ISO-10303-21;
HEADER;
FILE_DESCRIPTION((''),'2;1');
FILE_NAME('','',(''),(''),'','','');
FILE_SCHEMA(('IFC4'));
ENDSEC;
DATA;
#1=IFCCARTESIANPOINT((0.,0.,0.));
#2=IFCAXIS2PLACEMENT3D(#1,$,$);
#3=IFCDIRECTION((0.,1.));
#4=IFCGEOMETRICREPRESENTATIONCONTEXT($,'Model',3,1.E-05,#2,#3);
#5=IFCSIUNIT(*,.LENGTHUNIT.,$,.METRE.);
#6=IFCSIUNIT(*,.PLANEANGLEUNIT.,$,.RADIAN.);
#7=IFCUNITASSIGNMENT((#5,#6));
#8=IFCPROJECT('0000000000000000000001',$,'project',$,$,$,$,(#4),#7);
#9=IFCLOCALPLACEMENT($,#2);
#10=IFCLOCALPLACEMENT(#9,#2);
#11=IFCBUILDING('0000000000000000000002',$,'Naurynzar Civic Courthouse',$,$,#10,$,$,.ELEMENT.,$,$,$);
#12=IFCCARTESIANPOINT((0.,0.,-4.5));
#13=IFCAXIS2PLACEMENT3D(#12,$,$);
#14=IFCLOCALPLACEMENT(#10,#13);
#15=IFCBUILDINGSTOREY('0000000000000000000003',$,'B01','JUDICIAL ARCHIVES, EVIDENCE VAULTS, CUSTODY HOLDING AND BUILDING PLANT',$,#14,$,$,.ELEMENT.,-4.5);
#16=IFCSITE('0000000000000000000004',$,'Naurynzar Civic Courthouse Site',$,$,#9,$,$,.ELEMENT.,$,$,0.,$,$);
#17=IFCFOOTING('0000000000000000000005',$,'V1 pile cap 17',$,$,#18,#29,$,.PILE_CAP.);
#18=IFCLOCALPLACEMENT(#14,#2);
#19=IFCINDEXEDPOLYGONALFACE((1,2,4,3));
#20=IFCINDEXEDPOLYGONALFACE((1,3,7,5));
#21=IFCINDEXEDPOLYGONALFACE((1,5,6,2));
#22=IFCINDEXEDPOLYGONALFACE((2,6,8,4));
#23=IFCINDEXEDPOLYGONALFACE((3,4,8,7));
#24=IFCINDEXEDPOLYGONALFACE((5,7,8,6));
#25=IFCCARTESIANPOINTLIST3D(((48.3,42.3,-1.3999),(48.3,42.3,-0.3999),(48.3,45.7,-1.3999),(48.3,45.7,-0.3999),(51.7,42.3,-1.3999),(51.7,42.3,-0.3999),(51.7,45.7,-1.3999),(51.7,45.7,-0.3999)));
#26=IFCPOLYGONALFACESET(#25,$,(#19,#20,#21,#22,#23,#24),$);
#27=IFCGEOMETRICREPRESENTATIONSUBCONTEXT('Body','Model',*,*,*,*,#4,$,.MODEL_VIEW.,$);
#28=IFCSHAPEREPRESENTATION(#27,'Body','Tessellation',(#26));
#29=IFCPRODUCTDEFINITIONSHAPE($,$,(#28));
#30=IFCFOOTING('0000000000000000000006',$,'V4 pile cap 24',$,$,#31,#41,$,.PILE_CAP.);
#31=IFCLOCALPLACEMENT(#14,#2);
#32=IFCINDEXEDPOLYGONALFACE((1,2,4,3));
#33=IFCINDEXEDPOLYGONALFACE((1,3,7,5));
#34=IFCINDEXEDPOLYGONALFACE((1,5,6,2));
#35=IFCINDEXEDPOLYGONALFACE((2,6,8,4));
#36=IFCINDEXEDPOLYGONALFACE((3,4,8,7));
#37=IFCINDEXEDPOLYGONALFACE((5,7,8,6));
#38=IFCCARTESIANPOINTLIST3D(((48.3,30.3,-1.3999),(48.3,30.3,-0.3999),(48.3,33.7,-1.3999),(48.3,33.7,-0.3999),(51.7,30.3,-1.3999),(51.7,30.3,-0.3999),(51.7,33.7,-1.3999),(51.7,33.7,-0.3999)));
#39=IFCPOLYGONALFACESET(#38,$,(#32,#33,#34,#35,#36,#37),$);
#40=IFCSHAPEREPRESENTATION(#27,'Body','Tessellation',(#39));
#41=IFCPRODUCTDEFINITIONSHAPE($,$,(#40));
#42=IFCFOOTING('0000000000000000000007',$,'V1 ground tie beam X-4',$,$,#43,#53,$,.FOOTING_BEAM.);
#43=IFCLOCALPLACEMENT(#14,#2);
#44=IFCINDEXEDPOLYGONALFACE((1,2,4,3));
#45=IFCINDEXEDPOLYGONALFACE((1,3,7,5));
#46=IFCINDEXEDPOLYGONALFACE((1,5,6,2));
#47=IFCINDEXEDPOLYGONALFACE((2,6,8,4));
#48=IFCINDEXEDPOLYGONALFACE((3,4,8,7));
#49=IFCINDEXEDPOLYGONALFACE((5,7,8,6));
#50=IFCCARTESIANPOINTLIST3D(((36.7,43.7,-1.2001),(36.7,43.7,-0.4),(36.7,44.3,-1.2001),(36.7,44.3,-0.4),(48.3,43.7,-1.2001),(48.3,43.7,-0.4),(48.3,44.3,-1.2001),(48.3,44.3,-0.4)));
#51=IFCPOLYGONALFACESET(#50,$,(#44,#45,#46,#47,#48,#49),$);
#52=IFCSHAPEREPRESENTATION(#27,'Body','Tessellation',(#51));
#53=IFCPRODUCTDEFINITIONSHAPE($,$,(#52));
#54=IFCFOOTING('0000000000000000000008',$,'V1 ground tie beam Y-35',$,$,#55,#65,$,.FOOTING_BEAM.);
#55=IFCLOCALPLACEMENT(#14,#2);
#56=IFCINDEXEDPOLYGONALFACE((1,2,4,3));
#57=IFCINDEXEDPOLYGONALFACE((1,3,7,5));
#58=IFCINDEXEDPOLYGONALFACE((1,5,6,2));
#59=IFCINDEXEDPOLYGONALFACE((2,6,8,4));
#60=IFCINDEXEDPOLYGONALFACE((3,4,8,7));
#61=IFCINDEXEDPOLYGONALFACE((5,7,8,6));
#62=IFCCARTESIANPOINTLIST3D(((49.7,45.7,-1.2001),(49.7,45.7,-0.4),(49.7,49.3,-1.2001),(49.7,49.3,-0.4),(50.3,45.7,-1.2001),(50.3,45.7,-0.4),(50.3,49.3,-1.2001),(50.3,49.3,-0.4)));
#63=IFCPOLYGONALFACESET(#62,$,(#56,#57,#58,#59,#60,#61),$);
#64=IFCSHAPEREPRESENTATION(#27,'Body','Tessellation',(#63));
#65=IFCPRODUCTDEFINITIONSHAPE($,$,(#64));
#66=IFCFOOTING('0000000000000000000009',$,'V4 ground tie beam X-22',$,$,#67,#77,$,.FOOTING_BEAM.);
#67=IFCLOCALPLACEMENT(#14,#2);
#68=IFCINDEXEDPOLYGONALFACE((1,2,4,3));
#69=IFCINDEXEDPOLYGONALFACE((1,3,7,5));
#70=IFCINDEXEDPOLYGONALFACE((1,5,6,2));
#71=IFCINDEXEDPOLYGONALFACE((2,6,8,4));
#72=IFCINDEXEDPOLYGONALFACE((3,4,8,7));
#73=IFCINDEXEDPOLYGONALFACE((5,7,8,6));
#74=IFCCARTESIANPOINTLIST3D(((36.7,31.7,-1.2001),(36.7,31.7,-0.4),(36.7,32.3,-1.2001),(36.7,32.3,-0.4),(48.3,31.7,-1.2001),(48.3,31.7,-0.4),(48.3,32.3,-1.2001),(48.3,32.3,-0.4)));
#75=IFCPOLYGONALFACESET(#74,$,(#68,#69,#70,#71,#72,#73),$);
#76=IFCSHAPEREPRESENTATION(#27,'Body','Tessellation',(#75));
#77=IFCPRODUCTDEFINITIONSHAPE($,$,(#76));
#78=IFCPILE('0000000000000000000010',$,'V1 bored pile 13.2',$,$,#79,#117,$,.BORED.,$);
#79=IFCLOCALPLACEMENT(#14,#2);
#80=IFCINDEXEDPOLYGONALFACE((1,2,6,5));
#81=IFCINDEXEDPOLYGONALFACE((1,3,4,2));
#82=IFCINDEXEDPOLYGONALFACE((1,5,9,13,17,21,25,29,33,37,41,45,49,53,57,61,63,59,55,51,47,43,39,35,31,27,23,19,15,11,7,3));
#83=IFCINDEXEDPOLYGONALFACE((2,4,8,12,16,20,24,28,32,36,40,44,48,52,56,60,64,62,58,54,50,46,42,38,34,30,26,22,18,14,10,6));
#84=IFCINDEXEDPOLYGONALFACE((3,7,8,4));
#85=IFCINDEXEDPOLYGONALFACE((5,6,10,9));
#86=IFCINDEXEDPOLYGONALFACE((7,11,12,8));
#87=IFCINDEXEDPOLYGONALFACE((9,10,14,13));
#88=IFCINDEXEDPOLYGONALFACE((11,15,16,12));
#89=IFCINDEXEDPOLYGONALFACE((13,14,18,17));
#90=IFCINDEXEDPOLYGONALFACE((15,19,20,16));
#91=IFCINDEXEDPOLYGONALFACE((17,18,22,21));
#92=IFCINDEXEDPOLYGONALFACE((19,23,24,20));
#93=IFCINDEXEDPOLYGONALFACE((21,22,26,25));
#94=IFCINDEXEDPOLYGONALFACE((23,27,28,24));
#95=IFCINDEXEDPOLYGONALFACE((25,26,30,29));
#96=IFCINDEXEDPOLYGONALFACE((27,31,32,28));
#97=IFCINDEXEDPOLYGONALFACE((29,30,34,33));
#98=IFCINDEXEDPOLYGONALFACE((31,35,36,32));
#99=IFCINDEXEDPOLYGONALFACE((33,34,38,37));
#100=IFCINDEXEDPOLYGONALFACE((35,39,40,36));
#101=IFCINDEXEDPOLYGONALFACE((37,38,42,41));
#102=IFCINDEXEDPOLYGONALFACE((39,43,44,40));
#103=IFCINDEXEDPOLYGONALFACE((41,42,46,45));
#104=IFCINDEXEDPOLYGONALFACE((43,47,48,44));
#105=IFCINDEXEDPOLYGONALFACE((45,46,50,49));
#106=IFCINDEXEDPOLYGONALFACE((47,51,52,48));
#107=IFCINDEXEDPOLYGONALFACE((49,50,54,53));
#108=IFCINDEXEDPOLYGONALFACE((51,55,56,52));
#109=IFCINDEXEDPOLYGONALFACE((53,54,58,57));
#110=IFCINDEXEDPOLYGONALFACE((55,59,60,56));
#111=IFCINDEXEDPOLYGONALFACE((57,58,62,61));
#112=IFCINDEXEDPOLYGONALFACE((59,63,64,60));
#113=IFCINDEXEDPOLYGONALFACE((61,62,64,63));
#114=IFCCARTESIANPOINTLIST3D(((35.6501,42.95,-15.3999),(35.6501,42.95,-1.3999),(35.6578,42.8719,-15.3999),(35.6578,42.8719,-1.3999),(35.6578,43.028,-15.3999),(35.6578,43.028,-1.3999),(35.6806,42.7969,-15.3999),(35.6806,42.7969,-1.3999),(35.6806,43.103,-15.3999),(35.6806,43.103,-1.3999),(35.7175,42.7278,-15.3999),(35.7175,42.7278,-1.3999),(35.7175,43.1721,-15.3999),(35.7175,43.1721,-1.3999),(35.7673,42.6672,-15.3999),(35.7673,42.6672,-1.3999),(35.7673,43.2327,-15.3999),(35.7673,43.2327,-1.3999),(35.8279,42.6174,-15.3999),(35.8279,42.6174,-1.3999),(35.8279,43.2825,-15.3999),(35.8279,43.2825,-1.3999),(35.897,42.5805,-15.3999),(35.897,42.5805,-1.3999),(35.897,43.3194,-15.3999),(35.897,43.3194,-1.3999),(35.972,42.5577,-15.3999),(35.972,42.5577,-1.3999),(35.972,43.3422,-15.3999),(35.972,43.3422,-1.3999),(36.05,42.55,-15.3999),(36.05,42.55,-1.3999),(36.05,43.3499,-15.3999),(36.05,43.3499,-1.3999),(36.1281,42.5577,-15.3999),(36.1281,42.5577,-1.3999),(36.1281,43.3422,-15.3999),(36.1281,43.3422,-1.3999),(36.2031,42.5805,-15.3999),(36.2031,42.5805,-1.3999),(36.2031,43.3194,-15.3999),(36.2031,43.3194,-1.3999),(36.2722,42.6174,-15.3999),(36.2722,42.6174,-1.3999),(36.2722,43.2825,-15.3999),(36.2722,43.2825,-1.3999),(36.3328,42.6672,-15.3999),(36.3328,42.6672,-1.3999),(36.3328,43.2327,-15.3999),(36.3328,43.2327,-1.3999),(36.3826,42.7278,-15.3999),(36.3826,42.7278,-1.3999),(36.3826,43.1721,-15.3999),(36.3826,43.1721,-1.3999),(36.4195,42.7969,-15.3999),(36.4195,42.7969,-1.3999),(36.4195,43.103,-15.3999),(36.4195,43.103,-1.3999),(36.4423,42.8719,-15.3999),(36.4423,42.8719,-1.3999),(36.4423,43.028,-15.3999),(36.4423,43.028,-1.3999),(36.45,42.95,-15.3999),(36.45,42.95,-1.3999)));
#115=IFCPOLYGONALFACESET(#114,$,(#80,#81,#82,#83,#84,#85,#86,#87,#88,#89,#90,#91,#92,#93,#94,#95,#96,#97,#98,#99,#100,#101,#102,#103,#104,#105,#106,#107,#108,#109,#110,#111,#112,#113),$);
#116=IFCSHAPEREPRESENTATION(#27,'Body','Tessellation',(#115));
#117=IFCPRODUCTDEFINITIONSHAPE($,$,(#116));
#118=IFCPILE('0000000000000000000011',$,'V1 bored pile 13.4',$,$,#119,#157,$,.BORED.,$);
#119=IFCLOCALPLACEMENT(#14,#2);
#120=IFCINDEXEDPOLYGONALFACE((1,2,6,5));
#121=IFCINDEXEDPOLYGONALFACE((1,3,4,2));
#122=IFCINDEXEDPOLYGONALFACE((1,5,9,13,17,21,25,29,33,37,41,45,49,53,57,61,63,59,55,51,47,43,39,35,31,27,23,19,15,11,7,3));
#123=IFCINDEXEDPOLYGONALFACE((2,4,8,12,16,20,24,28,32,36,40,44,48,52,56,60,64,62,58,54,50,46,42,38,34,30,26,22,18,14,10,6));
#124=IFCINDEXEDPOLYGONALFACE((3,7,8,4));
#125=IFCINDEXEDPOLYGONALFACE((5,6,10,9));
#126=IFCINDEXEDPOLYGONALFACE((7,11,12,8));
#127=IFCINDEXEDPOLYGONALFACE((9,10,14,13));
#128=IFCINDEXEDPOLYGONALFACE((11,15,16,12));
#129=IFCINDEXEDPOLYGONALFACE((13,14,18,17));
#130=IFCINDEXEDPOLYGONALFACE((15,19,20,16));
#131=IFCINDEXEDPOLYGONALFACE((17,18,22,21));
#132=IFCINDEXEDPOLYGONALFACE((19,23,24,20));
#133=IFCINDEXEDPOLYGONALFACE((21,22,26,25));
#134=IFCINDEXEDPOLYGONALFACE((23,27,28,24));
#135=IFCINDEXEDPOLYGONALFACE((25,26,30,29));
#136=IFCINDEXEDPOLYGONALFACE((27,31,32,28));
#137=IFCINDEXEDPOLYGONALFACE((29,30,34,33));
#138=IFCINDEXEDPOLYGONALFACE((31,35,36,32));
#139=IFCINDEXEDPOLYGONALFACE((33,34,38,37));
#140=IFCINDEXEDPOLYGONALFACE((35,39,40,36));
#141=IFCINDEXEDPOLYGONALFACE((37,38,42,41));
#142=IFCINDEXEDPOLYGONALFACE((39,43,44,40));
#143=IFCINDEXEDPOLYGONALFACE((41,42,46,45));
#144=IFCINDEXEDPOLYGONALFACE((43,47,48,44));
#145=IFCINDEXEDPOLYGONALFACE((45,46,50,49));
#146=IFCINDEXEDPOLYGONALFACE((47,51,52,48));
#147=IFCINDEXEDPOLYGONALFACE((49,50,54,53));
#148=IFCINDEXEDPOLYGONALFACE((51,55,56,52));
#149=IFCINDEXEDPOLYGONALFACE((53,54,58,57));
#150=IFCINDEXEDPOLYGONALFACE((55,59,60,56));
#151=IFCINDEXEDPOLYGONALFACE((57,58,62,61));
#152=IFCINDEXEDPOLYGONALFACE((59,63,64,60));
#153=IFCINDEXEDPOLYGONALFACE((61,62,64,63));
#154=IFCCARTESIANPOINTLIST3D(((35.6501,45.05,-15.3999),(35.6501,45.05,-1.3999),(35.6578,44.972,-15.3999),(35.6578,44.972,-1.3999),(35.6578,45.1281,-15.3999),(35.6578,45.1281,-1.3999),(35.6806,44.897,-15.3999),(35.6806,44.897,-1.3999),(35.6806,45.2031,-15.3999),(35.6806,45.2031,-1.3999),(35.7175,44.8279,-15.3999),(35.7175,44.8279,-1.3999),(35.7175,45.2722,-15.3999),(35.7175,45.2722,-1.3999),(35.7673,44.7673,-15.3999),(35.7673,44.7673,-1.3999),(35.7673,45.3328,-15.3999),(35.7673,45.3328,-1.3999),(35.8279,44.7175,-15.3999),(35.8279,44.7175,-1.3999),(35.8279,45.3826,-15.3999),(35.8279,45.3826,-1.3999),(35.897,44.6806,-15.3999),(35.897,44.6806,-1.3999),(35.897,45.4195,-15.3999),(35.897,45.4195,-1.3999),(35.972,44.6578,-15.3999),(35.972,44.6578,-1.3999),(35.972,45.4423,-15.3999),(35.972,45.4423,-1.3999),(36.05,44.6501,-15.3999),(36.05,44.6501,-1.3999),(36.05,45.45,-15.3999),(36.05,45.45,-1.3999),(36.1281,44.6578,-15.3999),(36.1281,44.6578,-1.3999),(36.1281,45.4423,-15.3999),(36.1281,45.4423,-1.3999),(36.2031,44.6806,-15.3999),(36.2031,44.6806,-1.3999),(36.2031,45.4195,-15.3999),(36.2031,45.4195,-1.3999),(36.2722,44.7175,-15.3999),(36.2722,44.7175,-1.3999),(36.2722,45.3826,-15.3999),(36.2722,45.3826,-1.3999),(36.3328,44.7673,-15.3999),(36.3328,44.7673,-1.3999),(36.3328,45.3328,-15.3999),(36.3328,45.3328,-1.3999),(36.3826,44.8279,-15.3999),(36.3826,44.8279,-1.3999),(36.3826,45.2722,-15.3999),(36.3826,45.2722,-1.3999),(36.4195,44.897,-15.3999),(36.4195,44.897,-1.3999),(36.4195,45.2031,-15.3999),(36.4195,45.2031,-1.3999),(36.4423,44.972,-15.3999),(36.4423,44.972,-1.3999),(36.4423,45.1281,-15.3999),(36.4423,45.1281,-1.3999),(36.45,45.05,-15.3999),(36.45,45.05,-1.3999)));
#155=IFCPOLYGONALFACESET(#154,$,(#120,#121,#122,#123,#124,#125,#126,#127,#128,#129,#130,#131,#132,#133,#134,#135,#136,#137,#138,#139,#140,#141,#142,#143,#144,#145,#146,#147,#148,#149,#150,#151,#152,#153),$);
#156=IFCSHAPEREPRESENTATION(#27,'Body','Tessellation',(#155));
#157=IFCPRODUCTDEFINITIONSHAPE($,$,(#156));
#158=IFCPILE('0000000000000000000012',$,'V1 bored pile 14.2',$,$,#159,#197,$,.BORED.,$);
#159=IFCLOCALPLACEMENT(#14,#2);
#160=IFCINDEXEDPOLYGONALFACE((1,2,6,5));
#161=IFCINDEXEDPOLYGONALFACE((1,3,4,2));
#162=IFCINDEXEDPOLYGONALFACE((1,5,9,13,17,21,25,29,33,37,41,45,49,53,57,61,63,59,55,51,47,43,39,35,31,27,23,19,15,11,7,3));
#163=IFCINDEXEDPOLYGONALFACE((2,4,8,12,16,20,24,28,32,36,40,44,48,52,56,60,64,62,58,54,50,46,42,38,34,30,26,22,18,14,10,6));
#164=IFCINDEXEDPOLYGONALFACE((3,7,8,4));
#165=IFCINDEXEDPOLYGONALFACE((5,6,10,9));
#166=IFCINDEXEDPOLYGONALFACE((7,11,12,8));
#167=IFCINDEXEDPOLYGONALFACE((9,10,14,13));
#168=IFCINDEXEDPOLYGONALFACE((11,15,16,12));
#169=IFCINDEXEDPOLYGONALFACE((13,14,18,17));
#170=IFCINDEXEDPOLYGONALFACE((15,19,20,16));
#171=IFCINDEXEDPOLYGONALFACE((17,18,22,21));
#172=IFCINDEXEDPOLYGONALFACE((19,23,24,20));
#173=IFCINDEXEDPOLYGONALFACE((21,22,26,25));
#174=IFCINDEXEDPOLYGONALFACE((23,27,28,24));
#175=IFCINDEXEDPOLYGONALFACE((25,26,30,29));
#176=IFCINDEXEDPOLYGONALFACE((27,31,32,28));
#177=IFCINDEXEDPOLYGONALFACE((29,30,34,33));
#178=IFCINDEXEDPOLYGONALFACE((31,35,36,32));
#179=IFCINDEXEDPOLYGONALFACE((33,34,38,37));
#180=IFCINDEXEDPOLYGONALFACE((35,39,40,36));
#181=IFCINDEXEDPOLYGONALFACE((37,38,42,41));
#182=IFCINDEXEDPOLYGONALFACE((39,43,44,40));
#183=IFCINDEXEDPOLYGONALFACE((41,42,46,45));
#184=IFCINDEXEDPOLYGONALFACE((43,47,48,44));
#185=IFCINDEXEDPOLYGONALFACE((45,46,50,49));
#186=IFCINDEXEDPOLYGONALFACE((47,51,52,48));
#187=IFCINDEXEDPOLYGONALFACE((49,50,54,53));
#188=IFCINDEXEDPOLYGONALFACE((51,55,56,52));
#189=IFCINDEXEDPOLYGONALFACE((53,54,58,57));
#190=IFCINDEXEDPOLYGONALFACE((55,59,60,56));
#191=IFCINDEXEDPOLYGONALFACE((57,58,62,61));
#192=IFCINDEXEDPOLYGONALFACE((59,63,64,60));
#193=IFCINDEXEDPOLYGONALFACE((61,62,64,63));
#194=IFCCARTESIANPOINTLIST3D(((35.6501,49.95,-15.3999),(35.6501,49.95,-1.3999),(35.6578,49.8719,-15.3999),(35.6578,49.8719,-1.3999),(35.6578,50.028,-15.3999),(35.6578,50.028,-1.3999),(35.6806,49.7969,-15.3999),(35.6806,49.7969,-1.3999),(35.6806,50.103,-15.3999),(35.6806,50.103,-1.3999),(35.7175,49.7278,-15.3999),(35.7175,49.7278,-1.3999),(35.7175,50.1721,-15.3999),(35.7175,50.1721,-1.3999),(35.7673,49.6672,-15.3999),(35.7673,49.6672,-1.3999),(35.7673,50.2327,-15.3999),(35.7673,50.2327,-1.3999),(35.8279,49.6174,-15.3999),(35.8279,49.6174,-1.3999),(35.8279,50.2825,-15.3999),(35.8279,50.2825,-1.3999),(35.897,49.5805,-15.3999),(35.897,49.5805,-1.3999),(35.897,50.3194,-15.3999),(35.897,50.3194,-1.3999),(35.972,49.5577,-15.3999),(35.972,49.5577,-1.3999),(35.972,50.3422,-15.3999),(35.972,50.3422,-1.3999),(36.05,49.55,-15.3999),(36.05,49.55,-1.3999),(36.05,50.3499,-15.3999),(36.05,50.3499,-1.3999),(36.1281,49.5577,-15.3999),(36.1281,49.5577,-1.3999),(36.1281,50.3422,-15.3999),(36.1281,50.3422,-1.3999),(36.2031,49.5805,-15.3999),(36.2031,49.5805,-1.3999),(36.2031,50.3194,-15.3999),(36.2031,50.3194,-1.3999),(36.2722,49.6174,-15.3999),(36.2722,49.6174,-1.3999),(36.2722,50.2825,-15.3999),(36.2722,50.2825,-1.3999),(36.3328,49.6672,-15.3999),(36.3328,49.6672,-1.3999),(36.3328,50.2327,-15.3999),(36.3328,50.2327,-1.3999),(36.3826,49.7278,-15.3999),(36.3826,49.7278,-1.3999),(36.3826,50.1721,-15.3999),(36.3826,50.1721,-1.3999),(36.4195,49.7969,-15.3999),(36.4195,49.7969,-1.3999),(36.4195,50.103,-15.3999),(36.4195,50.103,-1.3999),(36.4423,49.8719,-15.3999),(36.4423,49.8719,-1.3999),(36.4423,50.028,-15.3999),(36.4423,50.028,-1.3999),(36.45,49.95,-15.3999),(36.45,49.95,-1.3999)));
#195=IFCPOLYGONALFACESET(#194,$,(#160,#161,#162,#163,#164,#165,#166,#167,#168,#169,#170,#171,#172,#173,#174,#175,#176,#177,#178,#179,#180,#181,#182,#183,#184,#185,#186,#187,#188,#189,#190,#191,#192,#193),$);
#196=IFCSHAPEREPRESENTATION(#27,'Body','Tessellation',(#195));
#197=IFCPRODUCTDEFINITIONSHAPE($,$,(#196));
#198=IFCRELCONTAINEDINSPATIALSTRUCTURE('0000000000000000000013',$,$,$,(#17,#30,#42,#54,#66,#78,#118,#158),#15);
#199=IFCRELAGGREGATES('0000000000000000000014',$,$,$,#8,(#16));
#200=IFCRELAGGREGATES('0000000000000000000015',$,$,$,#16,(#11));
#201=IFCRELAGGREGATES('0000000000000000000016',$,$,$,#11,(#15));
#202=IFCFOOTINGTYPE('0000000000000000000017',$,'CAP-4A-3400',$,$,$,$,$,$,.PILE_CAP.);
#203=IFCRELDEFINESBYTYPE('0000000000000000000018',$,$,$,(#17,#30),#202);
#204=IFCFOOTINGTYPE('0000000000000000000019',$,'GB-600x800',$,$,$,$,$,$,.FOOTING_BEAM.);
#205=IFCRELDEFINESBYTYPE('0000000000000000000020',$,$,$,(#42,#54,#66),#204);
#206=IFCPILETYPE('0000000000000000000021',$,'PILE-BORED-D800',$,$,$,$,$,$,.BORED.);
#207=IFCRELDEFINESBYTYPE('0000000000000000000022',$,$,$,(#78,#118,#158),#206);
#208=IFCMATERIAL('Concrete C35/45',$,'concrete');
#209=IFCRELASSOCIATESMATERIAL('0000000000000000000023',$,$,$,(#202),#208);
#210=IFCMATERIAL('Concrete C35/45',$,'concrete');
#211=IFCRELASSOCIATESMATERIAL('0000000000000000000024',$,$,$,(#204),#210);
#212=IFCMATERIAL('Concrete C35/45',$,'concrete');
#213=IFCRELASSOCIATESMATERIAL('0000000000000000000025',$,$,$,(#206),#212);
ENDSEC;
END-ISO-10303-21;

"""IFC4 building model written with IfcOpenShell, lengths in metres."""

from ifc_helpers import new_model, si_unit, direction, frame, origin, origin_2d, place, context, subcontext, project, spatial, rectangle, circle, extrude, material, material_profile, profile_set, type_object, element, save


model = new_model("IFC4")

# Units and contexts
model_context = context("Model", 3, precision=1e-05, world=origin(), true_north=direction((0.0, 1.0)))
body_context = subcontext(model_context, "Body", "Model", "MODEL_VIEW")
ifc_project = project(units=[si_unit("LENGTHUNIT", "METRE"), si_unit("PLANEANGLEUNIT", "RADIAN")], contexts=[model_context])

# Site, building, storey
site_placement = place(None, origin())
site = spatial("IfcSite", under=ifc_project, at=site_placement, Name="Naurynzar Civic Courthouse Site", CompositionType="ELEMENT", RefElevation=0.0)
building_placement = place(site_placement, origin())
building = spatial("IfcBuilding", under=site, at=building_placement, Name="Naurynzar Civic Courthouse", CompositionType="ELEMENT")
storey_placement = place(building_placement, frame((0.0, 0.0, -4.5)))
storey = spatial("IfcBuildingStorey", under=building, at=storey_placement, Name="B01", Description="JUDICIAL ARCHIVES, EVIDENCE VAULTS, CUSTODY HOLDING AND BUILDING PLANT", CompositionType="ELEMENT", Elevation=-4.5)

# Footings
ifc_material_1 = material(Name="Concrete C35/45", Category="concrete")
footing_type_1 = type_object("IfcFootingType", Name="CAP-4A-3400", PredefinedType="PILE_CAP", material=ifc_material_1)
for number, where, z_axis, x_axis, name in (
    (1, (50.0, 44.0, -1.3999), (0.0, 0.0, 1.0), (1.0, 0.0, 0.0), "V1 pile cap 17"),
    (2, (50.0, 32.0, -1.3999), (0.0, 0.0, 1.0), (1.0, 0.0, 0.0), "V4 pile cap 24"),
):
    element("IfcFooting", number, at=place(storey_placement, frame(where, z_axis=z_axis, x_axis=x_axis)), inside=storey, type_object=footing_type_1, Name=name, PredefinedType="PILE_CAP", context=body_context, shape_type="SweptSolid", body=[
        extrude(rectangle(XDim=3.3999, YDim=3.3999, at=origin_2d()), origin(), (0.0, 0.0, 1.0), 1.0),
    ])
ifc_material_2 = material(Name="Concrete C35/45", Category="concrete")
ifc_material_profile_1 = material_profile(ifc_material_2, rectangle(XDim=0.6001, YDim=0.8, at=origin_2d()), Name="GB 600x800")
ifc_profile_set_1 = profile_set([ifc_material_profile_1], Name="Concrete C35/45")
footing_type_2 = type_object("IfcFootingType", Name="GB-600x800", PredefinedType="FOOTING_BEAM", material=ifc_profile_set_1)
footing_1_placement = place(storey_placement, frame((36.7, 44.0, -0.8), z_axis=(1.0, 0.0, 0.0), x_axis=(0.0, 1.0, 0.0)))
element("IfcFooting", 3, at=footing_1_placement, inside=storey, type_object=footing_type_2, Name="V1 ground tie beam X-4", PredefinedType="FOOTING_BEAM", context=body_context, shape_type="SweptSolid", body=[
    extrude(rectangle(XDim=0.6001, YDim=0.8, at=origin_2d()), origin(), (0.0, 0.0, 1.0), 11.6001),
])
footing_2_placement = place(storey_placement, frame((50.0, 45.7, -0.8), z_axis=(0.0, 1.0, 0.0), x_axis=(-1.0, 0.0, 0.0)))
element("IfcFooting", 4, at=footing_2_placement, inside=storey, type_object=footing_type_2, Name="V1 ground tie beam Y-35", PredefinedType="FOOTING_BEAM", context=body_context, shape_type="SweptSolid", body=[
    extrude(rectangle(XDim=0.6001, YDim=0.8, at=origin_2d()), origin(), (0.0, 0.0, 1.0), 3.6001),
])
footing_3_placement = place(storey_placement, frame((36.7, 32.0, -0.8), z_axis=(1.0, 0.0, 0.0), x_axis=(0.0, 1.0, 0.0)))
element("IfcFooting", 5, at=footing_3_placement, inside=storey, type_object=footing_type_2, Name="V4 ground tie beam X-22", PredefinedType="FOOTING_BEAM", context=body_context, shape_type="SweptSolid", body=[
    extrude(rectangle(XDim=0.6001, YDim=0.8, at=origin_2d()), origin(), (0.0, 0.0, 1.0), 11.6001),
])

# Piles
ifc_material_3 = material(Name="Concrete C35/45", Category="concrete")
ifc_material_profile_2 = material_profile(ifc_material_3, circle(Radius=0.3999, at=origin_2d()), Name="PILE D800")
ifc_profile_set_2 = profile_set([ifc_material_profile_2], Name="Concrete C35/45")
pile_type = type_object("IfcPileType", Name="PILE-BORED-D800", PredefinedType="BORED", material=ifc_profile_set_2)
for number, where, z_axis, x_axis, name in (
    (6, (36.05, 42.95, -1.3999), (0.0, 0.0, -1.0), (1.0, 0.0, 0.0), "V1 bored pile 13.2"),
    (7, (36.05, 45.05, -1.3999), (0.0, 0.0, -1.0), (1.0, 0.0, 0.0), "V1 bored pile 13.4"),
    (8, (36.05, 49.95, -1.3999), (0.0, 0.0, -1.0), (1.0, 0.0, 0.0), "V1 bored pile 14.2"),
):
    element("IfcPile", number, at=place(storey_placement, frame(where, z_axis=z_axis, x_axis=x_axis)), inside=storey, type_object=pile_type, Name=name, PredefinedType="BORED", context=body_context, shape_type="SweptSolid", body=[
        extrude(circle(Radius=0.3999, at=origin_2d()), origin(), (0.0, 0.0, 1.0), 14.0),
    ])

save(model, "model.ifc")
